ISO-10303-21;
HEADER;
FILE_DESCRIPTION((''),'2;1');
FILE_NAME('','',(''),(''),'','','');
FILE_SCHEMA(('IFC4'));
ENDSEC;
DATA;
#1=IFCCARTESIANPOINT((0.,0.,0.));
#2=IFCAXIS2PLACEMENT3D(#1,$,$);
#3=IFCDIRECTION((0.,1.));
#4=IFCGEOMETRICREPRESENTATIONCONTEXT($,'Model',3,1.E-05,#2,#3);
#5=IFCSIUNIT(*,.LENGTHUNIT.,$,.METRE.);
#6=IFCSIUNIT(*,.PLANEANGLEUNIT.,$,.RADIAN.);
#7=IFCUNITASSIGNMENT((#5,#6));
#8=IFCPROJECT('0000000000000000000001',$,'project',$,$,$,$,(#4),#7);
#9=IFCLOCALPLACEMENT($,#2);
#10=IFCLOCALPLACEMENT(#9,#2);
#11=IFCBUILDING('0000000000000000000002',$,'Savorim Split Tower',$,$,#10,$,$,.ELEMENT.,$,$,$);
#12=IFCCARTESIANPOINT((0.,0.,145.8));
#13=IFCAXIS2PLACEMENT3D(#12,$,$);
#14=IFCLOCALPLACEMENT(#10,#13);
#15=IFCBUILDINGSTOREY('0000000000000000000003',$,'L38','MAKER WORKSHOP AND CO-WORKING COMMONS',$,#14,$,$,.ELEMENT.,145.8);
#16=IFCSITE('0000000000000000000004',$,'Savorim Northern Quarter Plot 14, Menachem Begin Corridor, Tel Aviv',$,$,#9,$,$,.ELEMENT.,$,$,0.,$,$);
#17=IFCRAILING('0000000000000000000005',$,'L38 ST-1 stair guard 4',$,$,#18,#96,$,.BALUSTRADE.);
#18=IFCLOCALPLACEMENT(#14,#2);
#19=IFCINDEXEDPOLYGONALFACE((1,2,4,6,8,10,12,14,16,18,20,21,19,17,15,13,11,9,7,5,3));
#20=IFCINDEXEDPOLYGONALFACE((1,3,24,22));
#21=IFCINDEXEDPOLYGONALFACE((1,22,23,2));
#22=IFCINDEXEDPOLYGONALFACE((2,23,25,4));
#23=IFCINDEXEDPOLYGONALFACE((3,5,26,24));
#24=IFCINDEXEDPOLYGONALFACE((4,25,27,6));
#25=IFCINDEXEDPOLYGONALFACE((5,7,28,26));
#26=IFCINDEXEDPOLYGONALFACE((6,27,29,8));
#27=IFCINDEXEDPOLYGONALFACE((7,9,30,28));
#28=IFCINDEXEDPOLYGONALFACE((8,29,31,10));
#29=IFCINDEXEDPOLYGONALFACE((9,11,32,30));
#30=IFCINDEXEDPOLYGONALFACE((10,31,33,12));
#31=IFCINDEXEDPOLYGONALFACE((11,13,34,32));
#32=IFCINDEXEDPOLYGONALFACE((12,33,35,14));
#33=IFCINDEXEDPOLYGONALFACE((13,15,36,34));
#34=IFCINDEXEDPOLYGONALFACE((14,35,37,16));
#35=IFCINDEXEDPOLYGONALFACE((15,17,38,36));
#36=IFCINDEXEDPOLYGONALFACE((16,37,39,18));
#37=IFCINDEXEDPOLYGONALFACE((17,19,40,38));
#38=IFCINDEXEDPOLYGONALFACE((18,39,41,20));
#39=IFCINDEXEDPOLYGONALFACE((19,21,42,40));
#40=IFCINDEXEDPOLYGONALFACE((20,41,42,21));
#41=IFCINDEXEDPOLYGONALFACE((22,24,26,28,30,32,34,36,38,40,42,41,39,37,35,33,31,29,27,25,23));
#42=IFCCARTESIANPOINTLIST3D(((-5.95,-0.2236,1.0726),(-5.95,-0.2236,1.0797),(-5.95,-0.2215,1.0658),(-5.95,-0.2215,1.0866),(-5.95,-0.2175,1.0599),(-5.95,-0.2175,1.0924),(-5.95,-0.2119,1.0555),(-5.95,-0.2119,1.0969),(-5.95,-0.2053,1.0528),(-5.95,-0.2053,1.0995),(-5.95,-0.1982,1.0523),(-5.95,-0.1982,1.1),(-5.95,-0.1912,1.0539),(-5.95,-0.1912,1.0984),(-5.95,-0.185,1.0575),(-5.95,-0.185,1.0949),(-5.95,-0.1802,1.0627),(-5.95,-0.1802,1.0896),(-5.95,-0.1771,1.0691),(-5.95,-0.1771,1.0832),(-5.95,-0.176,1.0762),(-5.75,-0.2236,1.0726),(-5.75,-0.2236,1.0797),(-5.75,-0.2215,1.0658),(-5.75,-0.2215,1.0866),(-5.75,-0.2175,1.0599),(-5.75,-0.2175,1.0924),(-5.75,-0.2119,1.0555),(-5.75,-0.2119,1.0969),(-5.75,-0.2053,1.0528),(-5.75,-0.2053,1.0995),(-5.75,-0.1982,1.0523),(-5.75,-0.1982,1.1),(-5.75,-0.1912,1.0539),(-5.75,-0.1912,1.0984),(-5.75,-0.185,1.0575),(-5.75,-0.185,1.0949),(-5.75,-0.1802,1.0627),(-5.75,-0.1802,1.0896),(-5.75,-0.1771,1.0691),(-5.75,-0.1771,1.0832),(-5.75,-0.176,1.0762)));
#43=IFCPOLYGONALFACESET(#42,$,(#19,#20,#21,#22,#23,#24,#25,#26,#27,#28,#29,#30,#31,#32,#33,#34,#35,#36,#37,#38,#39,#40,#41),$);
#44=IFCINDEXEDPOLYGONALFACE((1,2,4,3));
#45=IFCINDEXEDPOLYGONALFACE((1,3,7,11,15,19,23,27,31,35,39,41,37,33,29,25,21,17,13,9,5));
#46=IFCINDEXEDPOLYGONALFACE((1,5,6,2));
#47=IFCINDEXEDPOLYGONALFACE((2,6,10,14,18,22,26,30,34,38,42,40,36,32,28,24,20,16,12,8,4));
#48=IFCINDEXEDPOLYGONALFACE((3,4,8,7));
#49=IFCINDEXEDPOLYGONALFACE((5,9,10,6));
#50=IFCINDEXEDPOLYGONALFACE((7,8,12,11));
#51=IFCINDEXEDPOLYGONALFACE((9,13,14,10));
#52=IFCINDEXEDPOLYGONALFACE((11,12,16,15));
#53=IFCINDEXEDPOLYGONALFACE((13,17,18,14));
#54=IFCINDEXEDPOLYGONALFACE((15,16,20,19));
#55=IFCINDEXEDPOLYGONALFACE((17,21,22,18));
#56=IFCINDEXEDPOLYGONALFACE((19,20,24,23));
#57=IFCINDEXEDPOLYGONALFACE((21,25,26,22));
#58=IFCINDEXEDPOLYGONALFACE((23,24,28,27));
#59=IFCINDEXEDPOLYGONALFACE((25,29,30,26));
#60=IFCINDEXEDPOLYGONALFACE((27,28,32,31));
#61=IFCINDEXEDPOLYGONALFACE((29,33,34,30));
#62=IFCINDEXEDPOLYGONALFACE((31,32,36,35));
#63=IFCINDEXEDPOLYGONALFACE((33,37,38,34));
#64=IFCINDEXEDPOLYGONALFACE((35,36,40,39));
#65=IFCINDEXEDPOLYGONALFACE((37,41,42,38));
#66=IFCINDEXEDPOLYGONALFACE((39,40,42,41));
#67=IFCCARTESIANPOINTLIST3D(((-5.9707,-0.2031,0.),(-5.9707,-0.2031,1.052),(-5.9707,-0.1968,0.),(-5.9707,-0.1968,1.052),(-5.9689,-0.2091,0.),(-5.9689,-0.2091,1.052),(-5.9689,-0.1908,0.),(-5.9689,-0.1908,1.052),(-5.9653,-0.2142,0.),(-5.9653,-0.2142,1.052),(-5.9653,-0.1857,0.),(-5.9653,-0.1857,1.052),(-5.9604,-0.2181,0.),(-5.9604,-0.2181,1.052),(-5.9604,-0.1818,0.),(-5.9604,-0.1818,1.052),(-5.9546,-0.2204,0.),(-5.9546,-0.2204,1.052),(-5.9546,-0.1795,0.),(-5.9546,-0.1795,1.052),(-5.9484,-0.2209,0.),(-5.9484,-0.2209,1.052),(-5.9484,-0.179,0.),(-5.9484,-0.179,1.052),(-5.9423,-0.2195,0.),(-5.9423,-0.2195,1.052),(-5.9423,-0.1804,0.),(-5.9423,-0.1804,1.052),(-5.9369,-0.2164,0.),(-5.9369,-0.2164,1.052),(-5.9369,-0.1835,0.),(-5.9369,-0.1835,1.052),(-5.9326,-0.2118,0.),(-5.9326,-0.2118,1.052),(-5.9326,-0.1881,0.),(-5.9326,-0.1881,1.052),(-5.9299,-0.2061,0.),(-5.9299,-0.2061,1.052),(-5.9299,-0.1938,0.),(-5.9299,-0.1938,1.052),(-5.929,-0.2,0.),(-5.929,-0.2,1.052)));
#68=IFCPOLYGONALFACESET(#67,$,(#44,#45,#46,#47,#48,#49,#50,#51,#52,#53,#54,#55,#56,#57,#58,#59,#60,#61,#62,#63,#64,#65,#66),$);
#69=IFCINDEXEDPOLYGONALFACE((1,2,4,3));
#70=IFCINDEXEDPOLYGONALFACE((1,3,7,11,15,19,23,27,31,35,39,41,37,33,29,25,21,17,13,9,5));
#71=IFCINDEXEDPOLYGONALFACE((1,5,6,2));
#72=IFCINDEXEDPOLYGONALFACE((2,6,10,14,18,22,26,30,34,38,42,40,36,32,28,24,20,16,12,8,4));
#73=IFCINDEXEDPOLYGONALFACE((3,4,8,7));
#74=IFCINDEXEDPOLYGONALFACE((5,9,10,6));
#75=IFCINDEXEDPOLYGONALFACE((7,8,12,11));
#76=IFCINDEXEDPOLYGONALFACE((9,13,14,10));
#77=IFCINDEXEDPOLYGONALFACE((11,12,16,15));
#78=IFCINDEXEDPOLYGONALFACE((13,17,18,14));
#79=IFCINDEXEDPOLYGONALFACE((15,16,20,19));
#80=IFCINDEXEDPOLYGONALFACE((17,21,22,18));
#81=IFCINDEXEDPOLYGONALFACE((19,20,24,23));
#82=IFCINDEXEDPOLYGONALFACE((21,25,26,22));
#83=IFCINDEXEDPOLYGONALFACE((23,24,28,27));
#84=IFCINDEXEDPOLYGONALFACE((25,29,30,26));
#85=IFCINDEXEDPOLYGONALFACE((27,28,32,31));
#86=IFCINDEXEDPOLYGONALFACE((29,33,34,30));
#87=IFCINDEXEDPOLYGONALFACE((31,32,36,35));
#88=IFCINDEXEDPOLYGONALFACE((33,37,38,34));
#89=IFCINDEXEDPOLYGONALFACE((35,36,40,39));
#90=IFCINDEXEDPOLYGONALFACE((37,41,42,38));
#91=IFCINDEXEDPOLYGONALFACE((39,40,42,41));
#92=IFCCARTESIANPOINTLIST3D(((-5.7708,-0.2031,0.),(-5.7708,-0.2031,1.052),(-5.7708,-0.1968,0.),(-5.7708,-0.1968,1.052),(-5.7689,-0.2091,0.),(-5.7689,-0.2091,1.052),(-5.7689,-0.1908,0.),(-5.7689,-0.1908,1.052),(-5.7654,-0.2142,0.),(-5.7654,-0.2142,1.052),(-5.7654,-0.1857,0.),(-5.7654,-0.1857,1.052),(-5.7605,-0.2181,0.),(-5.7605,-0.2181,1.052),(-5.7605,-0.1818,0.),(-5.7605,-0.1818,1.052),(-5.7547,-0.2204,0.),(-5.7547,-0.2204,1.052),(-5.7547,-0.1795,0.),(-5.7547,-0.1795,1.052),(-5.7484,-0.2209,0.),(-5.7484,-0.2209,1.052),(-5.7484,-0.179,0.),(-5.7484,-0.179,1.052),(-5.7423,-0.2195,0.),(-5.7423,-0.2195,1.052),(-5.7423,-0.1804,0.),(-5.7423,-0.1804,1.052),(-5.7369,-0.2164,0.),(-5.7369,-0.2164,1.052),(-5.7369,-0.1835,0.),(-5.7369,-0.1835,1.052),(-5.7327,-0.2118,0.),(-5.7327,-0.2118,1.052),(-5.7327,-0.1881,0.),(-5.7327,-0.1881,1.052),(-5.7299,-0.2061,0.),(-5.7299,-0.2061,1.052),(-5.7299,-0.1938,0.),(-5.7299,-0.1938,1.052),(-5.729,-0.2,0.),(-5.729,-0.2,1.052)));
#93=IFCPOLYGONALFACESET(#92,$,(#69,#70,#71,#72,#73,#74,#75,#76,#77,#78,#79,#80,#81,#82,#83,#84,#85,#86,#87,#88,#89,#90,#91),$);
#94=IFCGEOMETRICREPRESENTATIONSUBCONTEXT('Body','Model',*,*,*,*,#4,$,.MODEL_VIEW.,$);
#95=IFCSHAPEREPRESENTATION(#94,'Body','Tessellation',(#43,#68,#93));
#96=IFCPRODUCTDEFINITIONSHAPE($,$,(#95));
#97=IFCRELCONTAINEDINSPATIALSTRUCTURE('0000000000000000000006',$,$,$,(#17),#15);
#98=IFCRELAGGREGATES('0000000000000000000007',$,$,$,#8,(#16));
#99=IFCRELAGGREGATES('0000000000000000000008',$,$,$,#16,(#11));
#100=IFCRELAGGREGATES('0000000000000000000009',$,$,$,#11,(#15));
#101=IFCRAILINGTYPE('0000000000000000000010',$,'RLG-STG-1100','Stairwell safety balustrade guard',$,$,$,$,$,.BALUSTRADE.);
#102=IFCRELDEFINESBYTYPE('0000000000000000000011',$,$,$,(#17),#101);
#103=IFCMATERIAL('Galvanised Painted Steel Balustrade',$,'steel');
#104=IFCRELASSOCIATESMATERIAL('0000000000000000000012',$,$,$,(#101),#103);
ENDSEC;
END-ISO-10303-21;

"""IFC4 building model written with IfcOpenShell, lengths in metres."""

from ifc_helpers import new_model, si_unit, direction, frame, origin, origin_2d, place, context, subcontext, project, spatial, circle, extrude, material, type_object, element, save


model = new_model("IFC4")

# Units and contexts
model_context = context("Model", 3, precision=1e-05, world=origin(), true_north=direction((0.0, 1.0)))
body_context = subcontext(model_context, "Body", "Model", "MODEL_VIEW")
ifc_project = project(units=[si_unit("LENGTHUNIT", "METRE"), si_unit("PLANEANGLEUNIT", "RADIAN")], contexts=[model_context])

# Site, building, storey
site_placement = place(None, origin())
site = spatial("IfcSite", under=ifc_project, at=site_placement, Name="Savorim Northern Quarter Plot 14, Menachem Begin Corridor, Tel Aviv", CompositionType="ELEMENT", RefElevation=0.0)
building_placement = place(site_placement, origin())
building = spatial("IfcBuilding", under=site, at=building_placement, Name="Savorim Split Tower", CompositionType="ELEMENT")
storey_placement = place(building_placement, frame((0.0, 0.0, 145.8)))
storey = spatial("IfcBuildingStorey", under=building, at=storey_placement, Name="L38", Description="MAKER WORKSHOP AND CO-WORKING COMMONS", CompositionType="ELEMENT", Elevation=145.8)

# Railing
ifc_material_1 = material(Name="Galvanised Painted Steel Balustrade", Category="steel")
railing_type_1 = type_object("IfcRailingType", Name="RLG-STG-1100", Description="Stairwell safety balustrade guard", PredefinedType="BALUSTRADE", material=ifc_material_1)
railing_1_placement = place(storey_placement, frame((-5.95, -0.2, 0.0)))
element("IfcRailing", 1, at=railing_1_placement, inside=storey, type_object=railing_type_1, Name="L38 ST-1 stair guard 4", PredefinedType="BALUSTRADE", context=body_context, shape_type="SweptSolid", body=[
    extrude(circle(Radius=0.0239, at=origin_2d()), frame((0.0, 0.0, 1.0762), z_axis=(1.0, 0.0, 0.0), x_axis=(0.0, 1.0, 0.0)), (0.0, 0.0, 1.0), 0.2),
    extrude(circle(Radius=0.021, at=origin_2d()), origin(), (0.0, 0.0, 1.0), 1.052),
    extrude(circle(Radius=0.021, at=origin_2d()), frame((0.2, 0.0, 0.0)), (0.0, 0.0, 1.0), 1.052),
])

save(model, "model.ifc")
